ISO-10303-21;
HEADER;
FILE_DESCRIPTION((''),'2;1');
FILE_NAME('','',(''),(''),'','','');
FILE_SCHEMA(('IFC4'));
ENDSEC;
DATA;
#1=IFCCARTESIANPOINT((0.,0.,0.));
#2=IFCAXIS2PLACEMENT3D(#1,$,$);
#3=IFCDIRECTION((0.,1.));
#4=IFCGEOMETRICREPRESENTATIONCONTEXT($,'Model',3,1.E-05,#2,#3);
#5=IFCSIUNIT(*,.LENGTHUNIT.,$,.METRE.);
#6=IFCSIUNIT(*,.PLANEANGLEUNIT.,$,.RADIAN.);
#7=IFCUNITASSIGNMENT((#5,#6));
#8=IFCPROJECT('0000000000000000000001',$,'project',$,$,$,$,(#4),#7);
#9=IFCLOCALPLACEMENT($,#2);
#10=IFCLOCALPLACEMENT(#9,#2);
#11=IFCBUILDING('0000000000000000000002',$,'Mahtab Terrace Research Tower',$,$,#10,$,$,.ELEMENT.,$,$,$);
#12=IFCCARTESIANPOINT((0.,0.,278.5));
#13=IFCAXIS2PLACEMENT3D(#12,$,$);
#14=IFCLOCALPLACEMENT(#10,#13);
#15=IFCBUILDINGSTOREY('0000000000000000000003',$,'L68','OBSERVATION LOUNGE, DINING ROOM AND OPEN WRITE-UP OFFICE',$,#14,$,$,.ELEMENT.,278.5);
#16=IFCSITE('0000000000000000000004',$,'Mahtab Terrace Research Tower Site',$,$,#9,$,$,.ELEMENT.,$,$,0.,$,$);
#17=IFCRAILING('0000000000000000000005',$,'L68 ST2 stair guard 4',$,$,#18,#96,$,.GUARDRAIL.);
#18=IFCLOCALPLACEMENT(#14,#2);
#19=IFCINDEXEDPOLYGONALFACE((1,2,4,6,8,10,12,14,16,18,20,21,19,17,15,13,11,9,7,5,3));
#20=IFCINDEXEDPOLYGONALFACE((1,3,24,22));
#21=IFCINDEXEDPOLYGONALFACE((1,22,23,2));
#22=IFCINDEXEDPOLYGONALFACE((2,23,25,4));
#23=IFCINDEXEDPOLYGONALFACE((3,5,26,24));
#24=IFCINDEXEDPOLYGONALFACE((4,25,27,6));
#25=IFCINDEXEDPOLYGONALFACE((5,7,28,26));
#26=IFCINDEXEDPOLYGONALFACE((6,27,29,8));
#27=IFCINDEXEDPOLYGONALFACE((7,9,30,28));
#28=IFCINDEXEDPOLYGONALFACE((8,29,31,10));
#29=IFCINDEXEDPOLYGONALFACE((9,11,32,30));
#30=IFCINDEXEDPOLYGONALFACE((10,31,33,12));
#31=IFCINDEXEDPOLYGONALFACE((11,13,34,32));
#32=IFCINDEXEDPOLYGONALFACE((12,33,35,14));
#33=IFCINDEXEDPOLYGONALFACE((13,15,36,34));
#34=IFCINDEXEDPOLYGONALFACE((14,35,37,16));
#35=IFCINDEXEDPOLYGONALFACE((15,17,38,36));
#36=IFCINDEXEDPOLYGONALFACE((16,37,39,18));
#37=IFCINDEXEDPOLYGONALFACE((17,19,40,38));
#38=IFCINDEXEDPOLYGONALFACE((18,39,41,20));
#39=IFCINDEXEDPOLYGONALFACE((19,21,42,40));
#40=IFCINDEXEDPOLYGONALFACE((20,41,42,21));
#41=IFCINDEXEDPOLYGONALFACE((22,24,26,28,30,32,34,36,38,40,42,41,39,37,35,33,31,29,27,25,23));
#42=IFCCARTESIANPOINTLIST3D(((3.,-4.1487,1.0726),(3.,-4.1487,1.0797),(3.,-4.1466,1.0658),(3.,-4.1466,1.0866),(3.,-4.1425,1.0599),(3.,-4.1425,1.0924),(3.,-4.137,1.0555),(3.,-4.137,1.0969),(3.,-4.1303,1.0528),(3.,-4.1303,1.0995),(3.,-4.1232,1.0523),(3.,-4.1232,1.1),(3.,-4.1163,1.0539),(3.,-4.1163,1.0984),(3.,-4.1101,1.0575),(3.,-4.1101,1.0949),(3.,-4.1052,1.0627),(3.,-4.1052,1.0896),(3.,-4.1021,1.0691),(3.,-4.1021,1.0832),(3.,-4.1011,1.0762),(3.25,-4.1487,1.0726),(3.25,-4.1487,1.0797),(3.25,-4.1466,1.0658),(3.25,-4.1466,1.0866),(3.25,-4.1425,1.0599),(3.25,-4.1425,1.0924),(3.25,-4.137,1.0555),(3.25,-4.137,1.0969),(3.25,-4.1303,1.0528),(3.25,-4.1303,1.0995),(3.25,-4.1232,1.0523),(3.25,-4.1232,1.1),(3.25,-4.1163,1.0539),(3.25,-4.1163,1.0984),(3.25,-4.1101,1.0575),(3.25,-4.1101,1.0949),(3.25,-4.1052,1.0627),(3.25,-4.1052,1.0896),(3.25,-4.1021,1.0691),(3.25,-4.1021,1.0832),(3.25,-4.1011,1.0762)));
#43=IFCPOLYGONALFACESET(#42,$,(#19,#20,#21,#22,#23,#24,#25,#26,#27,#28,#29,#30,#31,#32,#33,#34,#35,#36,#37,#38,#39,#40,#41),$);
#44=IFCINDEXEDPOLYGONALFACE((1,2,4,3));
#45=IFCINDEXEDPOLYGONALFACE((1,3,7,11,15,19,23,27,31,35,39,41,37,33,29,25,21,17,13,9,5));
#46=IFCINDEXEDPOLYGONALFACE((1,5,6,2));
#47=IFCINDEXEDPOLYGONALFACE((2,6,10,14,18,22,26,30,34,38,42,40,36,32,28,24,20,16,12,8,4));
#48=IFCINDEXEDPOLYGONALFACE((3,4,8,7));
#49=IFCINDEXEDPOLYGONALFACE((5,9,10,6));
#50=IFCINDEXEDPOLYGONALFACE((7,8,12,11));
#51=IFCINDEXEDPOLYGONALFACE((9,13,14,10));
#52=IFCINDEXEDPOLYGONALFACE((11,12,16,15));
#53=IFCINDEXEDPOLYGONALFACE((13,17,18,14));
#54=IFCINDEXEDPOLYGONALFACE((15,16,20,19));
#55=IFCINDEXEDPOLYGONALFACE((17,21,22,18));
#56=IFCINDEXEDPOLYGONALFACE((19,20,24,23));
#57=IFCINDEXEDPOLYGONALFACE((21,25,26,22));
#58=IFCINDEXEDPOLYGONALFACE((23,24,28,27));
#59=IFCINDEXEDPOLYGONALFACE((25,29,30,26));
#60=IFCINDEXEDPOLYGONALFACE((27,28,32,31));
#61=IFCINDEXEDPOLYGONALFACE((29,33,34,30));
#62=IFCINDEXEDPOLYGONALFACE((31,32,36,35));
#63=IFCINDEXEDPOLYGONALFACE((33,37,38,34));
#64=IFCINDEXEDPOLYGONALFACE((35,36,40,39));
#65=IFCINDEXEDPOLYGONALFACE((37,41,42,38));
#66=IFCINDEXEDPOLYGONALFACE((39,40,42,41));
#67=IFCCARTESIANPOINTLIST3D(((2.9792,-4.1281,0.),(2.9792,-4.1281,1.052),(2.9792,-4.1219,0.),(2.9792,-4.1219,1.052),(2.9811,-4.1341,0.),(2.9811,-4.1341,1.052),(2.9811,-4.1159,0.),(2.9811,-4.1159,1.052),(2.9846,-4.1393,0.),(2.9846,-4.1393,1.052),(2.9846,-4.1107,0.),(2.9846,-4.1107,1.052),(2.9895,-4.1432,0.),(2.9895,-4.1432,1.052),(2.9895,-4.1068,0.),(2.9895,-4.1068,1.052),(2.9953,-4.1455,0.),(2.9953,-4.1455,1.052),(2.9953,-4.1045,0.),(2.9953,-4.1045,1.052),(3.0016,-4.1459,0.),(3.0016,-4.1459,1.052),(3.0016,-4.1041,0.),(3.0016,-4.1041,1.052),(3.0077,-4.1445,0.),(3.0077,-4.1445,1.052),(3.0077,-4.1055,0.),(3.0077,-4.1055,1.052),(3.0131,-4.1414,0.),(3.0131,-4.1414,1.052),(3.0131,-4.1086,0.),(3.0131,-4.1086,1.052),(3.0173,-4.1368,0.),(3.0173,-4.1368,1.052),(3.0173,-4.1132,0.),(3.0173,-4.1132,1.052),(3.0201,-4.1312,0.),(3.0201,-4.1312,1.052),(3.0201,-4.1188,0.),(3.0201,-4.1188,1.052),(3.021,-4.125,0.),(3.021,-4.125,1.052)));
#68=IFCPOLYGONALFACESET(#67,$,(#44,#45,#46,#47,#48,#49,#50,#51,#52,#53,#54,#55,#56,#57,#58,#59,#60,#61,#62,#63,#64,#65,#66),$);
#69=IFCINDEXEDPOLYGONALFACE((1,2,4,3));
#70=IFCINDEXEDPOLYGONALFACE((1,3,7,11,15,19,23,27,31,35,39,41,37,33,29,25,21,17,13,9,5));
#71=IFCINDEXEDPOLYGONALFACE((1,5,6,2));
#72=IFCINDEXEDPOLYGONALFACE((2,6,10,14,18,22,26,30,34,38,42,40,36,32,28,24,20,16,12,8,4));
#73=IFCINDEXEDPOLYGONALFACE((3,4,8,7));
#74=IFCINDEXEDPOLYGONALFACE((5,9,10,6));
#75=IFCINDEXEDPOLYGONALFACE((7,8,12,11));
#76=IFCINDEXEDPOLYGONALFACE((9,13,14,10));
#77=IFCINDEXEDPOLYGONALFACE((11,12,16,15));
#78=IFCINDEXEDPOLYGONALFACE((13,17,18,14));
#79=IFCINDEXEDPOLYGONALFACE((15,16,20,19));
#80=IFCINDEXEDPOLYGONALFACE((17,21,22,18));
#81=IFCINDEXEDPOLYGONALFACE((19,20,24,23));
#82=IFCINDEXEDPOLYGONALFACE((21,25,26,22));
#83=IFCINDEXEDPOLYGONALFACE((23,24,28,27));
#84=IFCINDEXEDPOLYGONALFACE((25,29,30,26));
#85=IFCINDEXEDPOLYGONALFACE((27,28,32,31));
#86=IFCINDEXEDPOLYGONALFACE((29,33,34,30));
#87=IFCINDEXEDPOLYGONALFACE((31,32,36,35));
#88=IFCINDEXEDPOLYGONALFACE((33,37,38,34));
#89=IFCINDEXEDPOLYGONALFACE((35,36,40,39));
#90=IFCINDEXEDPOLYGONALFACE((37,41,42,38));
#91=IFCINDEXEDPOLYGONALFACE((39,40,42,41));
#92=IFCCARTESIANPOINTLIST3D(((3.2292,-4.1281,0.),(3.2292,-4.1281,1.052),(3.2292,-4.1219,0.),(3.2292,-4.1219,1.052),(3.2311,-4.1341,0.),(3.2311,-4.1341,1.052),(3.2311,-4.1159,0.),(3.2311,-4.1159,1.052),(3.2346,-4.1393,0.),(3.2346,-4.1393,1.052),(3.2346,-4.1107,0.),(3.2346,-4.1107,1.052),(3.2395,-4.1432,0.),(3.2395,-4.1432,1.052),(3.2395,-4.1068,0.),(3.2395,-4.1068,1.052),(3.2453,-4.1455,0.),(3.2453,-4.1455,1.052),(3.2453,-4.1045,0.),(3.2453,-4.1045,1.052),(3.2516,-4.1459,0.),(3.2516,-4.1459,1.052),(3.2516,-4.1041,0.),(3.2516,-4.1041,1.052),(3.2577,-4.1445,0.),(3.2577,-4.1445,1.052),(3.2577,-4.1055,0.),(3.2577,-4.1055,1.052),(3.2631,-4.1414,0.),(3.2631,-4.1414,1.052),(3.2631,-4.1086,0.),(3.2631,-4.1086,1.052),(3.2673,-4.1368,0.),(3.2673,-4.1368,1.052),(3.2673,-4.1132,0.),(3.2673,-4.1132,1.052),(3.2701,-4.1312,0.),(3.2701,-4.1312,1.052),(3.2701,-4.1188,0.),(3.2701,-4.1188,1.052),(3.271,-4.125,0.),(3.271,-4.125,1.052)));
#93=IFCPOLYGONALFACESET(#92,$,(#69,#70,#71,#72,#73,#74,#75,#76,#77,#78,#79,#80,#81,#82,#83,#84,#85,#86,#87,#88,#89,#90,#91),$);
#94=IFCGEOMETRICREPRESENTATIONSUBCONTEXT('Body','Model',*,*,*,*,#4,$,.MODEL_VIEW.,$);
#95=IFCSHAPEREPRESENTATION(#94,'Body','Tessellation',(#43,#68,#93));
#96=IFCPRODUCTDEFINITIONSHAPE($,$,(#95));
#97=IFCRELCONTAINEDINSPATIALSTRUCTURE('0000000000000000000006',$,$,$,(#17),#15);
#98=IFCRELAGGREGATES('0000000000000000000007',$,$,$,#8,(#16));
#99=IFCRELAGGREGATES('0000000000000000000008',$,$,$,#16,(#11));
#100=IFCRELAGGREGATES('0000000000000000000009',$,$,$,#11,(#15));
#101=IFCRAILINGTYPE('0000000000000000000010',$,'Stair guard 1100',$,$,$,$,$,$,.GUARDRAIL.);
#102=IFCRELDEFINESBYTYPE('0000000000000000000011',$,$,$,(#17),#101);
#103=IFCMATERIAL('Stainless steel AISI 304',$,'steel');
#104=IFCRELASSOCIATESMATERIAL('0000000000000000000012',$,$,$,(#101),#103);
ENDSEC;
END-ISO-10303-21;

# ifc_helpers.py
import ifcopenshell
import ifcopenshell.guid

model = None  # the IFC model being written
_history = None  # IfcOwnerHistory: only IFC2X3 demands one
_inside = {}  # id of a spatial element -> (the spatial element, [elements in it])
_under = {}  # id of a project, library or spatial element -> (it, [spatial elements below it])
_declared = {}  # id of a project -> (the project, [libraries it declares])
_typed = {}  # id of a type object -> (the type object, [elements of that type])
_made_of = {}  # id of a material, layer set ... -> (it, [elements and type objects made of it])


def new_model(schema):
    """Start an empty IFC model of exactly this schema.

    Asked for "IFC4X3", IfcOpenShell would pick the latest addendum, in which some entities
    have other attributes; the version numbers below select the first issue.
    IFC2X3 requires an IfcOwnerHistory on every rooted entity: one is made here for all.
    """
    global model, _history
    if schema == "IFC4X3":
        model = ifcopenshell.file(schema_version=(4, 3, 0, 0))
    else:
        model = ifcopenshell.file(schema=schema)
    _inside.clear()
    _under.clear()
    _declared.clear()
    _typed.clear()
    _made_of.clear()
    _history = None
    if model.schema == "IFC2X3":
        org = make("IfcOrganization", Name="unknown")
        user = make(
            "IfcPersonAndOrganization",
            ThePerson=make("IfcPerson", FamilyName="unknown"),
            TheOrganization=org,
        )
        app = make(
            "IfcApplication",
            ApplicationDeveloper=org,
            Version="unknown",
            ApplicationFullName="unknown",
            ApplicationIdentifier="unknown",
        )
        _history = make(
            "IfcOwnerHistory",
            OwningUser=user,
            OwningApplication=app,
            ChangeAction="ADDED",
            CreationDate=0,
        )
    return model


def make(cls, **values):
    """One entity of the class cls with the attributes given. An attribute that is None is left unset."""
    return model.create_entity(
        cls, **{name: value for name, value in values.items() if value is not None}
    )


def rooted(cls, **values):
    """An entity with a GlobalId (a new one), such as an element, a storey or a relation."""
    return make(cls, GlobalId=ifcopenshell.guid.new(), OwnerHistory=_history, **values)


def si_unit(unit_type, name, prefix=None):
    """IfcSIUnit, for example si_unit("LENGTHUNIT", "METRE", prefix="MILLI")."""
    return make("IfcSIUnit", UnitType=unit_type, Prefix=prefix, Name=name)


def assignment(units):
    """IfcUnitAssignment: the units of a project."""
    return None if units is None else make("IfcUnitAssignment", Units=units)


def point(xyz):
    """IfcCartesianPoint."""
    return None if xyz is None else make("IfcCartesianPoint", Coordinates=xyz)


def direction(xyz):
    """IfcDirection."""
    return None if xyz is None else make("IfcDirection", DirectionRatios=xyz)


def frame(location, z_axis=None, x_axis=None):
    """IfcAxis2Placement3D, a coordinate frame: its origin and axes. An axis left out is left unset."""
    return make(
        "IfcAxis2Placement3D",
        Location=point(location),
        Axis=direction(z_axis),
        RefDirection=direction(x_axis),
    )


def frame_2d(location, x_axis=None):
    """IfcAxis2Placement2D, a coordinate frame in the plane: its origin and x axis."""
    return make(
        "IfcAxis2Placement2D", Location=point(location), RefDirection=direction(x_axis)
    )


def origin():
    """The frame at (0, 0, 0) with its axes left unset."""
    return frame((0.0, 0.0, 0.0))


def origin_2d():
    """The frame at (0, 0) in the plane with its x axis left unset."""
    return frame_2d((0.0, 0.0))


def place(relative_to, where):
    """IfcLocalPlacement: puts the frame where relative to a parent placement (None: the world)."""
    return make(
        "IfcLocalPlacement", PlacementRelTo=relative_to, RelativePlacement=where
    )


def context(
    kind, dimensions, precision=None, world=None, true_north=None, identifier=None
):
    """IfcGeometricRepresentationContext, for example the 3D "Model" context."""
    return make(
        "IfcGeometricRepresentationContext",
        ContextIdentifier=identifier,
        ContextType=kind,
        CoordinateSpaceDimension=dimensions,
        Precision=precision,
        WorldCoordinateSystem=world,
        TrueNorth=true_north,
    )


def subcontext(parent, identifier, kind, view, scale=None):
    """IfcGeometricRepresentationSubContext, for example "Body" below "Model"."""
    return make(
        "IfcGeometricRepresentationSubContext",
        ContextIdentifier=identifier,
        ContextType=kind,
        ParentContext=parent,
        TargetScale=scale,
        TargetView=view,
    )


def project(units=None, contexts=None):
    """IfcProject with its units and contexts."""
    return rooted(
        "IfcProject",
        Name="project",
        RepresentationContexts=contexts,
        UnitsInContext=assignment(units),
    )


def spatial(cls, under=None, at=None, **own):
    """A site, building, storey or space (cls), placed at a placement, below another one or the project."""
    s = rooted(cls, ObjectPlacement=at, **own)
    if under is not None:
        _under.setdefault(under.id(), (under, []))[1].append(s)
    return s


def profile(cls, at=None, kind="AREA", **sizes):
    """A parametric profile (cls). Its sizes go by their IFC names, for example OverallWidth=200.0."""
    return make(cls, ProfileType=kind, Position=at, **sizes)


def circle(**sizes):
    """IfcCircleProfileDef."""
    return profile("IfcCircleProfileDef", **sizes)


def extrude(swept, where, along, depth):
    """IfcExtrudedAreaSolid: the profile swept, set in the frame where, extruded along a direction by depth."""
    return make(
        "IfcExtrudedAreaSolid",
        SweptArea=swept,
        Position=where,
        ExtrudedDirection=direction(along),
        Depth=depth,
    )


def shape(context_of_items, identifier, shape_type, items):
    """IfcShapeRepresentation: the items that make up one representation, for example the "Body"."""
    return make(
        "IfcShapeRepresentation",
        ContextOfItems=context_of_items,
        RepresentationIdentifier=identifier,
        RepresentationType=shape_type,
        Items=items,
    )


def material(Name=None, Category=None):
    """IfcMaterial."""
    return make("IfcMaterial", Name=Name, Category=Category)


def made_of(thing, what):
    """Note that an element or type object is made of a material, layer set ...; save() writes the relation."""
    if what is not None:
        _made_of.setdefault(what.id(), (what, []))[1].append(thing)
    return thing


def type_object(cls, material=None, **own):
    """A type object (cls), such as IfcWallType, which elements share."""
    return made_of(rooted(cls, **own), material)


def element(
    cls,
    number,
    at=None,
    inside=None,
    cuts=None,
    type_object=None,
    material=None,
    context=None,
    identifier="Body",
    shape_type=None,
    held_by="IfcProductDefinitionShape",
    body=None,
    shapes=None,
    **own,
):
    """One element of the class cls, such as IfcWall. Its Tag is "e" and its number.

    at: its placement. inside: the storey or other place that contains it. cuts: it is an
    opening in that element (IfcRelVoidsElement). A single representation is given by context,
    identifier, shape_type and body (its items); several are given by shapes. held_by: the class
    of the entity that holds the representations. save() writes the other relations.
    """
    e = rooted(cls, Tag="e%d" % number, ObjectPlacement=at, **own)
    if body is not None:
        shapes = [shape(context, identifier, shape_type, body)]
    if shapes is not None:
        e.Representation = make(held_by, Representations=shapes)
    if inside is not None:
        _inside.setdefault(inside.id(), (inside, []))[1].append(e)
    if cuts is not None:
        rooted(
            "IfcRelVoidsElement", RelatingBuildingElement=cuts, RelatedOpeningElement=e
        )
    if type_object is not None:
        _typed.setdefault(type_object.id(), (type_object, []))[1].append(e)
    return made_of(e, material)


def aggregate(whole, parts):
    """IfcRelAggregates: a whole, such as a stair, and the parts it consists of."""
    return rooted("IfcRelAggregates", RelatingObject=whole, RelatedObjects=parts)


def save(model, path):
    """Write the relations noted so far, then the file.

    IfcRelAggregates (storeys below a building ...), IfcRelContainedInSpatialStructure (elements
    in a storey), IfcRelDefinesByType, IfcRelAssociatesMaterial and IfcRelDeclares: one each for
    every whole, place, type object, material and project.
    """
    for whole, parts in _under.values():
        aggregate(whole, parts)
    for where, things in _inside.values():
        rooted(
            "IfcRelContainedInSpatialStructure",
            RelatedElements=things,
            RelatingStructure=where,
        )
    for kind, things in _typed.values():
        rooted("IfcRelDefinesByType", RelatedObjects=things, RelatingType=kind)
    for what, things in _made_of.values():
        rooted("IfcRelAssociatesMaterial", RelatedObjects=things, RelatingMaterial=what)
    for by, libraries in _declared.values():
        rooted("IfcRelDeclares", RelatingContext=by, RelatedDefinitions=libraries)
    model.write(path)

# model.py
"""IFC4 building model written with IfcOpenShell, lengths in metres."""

from ifc_helpers import new_model, si_unit, direction, frame, origin, origin_2d, place, context, subcontext, project, spatial, circle, extrude, material, type_object, element, save


model = new_model("IFC4")

# Units and contexts
model_context = context("Model", 3, precision=1e-05, world=origin(), true_north=direction((0.0, 1.0)))
body_context = subcontext(model_context, "Body", "Model", "MODEL_VIEW")
ifc_project = project(units=[si_unit("LENGTHUNIT", "METRE"), si_unit("PLANEANGLEUNIT", "RADIAN")], contexts=[model_context])

# Site, building, storey
site_placement = place(None, origin())
site = spatial("IfcSite", under=ifc_project, at=site_placement, Name="Mahtab Terrace Research Tower Site", CompositionType="ELEMENT", RefElevation=0.0)
building_placement = place(site_placement, origin())
building = spatial("IfcBuilding", under=site, at=building_placement, Name="Mahtab Terrace Research Tower", CompositionType="ELEMENT")
storey_placement = place(building_placement, frame((0.0, 0.0, 278.5)))
storey = spatial("IfcBuildingStorey", under=building, at=storey_placement, Name="L68", Description="OBSERVATION LOUNGE, DINING ROOM AND OPEN WRITE-UP OFFICE", CompositionType="ELEMENT", Elevation=278.5)

# Railing
ifc_material_1 = material(Name="Stainless steel AISI 304", Category="steel")
railing_type_1 = type_object("IfcRailingType", Name="Stair guard 1100", PredefinedType="GUARDRAIL", material=ifc_material_1)
railing_1_placement = place(storey_placement, frame((3.0, -4.125, 0.0)))
element("IfcRailing", 1, at=railing_1_placement, inside=storey, type_object=railing_type_1, Name="L68 ST2 stair guard 4", PredefinedType="GUARDRAIL", context=body_context, shape_type="SweptSolid", body=[
    extrude(circle(Radius=0.0239, at=origin_2d()), frame((0.0, 0.0, 1.0762), z_axis=(1.0, 0.0, 0.0), x_axis=(0.0, 1.0, 0.0)), (0.0, 0.0, 1.0), 0.25),
    extrude(circle(Radius=0.021, at=origin_2d()), origin(), (0.0, 0.0, 1.0), 1.052),
    extrude(circle(Radius=0.021, at=origin_2d()), frame((0.25, 0.0, 0.0)), (0.0, 0.0, 1.0), 1.052),
])

save(model, "model.ifc")
